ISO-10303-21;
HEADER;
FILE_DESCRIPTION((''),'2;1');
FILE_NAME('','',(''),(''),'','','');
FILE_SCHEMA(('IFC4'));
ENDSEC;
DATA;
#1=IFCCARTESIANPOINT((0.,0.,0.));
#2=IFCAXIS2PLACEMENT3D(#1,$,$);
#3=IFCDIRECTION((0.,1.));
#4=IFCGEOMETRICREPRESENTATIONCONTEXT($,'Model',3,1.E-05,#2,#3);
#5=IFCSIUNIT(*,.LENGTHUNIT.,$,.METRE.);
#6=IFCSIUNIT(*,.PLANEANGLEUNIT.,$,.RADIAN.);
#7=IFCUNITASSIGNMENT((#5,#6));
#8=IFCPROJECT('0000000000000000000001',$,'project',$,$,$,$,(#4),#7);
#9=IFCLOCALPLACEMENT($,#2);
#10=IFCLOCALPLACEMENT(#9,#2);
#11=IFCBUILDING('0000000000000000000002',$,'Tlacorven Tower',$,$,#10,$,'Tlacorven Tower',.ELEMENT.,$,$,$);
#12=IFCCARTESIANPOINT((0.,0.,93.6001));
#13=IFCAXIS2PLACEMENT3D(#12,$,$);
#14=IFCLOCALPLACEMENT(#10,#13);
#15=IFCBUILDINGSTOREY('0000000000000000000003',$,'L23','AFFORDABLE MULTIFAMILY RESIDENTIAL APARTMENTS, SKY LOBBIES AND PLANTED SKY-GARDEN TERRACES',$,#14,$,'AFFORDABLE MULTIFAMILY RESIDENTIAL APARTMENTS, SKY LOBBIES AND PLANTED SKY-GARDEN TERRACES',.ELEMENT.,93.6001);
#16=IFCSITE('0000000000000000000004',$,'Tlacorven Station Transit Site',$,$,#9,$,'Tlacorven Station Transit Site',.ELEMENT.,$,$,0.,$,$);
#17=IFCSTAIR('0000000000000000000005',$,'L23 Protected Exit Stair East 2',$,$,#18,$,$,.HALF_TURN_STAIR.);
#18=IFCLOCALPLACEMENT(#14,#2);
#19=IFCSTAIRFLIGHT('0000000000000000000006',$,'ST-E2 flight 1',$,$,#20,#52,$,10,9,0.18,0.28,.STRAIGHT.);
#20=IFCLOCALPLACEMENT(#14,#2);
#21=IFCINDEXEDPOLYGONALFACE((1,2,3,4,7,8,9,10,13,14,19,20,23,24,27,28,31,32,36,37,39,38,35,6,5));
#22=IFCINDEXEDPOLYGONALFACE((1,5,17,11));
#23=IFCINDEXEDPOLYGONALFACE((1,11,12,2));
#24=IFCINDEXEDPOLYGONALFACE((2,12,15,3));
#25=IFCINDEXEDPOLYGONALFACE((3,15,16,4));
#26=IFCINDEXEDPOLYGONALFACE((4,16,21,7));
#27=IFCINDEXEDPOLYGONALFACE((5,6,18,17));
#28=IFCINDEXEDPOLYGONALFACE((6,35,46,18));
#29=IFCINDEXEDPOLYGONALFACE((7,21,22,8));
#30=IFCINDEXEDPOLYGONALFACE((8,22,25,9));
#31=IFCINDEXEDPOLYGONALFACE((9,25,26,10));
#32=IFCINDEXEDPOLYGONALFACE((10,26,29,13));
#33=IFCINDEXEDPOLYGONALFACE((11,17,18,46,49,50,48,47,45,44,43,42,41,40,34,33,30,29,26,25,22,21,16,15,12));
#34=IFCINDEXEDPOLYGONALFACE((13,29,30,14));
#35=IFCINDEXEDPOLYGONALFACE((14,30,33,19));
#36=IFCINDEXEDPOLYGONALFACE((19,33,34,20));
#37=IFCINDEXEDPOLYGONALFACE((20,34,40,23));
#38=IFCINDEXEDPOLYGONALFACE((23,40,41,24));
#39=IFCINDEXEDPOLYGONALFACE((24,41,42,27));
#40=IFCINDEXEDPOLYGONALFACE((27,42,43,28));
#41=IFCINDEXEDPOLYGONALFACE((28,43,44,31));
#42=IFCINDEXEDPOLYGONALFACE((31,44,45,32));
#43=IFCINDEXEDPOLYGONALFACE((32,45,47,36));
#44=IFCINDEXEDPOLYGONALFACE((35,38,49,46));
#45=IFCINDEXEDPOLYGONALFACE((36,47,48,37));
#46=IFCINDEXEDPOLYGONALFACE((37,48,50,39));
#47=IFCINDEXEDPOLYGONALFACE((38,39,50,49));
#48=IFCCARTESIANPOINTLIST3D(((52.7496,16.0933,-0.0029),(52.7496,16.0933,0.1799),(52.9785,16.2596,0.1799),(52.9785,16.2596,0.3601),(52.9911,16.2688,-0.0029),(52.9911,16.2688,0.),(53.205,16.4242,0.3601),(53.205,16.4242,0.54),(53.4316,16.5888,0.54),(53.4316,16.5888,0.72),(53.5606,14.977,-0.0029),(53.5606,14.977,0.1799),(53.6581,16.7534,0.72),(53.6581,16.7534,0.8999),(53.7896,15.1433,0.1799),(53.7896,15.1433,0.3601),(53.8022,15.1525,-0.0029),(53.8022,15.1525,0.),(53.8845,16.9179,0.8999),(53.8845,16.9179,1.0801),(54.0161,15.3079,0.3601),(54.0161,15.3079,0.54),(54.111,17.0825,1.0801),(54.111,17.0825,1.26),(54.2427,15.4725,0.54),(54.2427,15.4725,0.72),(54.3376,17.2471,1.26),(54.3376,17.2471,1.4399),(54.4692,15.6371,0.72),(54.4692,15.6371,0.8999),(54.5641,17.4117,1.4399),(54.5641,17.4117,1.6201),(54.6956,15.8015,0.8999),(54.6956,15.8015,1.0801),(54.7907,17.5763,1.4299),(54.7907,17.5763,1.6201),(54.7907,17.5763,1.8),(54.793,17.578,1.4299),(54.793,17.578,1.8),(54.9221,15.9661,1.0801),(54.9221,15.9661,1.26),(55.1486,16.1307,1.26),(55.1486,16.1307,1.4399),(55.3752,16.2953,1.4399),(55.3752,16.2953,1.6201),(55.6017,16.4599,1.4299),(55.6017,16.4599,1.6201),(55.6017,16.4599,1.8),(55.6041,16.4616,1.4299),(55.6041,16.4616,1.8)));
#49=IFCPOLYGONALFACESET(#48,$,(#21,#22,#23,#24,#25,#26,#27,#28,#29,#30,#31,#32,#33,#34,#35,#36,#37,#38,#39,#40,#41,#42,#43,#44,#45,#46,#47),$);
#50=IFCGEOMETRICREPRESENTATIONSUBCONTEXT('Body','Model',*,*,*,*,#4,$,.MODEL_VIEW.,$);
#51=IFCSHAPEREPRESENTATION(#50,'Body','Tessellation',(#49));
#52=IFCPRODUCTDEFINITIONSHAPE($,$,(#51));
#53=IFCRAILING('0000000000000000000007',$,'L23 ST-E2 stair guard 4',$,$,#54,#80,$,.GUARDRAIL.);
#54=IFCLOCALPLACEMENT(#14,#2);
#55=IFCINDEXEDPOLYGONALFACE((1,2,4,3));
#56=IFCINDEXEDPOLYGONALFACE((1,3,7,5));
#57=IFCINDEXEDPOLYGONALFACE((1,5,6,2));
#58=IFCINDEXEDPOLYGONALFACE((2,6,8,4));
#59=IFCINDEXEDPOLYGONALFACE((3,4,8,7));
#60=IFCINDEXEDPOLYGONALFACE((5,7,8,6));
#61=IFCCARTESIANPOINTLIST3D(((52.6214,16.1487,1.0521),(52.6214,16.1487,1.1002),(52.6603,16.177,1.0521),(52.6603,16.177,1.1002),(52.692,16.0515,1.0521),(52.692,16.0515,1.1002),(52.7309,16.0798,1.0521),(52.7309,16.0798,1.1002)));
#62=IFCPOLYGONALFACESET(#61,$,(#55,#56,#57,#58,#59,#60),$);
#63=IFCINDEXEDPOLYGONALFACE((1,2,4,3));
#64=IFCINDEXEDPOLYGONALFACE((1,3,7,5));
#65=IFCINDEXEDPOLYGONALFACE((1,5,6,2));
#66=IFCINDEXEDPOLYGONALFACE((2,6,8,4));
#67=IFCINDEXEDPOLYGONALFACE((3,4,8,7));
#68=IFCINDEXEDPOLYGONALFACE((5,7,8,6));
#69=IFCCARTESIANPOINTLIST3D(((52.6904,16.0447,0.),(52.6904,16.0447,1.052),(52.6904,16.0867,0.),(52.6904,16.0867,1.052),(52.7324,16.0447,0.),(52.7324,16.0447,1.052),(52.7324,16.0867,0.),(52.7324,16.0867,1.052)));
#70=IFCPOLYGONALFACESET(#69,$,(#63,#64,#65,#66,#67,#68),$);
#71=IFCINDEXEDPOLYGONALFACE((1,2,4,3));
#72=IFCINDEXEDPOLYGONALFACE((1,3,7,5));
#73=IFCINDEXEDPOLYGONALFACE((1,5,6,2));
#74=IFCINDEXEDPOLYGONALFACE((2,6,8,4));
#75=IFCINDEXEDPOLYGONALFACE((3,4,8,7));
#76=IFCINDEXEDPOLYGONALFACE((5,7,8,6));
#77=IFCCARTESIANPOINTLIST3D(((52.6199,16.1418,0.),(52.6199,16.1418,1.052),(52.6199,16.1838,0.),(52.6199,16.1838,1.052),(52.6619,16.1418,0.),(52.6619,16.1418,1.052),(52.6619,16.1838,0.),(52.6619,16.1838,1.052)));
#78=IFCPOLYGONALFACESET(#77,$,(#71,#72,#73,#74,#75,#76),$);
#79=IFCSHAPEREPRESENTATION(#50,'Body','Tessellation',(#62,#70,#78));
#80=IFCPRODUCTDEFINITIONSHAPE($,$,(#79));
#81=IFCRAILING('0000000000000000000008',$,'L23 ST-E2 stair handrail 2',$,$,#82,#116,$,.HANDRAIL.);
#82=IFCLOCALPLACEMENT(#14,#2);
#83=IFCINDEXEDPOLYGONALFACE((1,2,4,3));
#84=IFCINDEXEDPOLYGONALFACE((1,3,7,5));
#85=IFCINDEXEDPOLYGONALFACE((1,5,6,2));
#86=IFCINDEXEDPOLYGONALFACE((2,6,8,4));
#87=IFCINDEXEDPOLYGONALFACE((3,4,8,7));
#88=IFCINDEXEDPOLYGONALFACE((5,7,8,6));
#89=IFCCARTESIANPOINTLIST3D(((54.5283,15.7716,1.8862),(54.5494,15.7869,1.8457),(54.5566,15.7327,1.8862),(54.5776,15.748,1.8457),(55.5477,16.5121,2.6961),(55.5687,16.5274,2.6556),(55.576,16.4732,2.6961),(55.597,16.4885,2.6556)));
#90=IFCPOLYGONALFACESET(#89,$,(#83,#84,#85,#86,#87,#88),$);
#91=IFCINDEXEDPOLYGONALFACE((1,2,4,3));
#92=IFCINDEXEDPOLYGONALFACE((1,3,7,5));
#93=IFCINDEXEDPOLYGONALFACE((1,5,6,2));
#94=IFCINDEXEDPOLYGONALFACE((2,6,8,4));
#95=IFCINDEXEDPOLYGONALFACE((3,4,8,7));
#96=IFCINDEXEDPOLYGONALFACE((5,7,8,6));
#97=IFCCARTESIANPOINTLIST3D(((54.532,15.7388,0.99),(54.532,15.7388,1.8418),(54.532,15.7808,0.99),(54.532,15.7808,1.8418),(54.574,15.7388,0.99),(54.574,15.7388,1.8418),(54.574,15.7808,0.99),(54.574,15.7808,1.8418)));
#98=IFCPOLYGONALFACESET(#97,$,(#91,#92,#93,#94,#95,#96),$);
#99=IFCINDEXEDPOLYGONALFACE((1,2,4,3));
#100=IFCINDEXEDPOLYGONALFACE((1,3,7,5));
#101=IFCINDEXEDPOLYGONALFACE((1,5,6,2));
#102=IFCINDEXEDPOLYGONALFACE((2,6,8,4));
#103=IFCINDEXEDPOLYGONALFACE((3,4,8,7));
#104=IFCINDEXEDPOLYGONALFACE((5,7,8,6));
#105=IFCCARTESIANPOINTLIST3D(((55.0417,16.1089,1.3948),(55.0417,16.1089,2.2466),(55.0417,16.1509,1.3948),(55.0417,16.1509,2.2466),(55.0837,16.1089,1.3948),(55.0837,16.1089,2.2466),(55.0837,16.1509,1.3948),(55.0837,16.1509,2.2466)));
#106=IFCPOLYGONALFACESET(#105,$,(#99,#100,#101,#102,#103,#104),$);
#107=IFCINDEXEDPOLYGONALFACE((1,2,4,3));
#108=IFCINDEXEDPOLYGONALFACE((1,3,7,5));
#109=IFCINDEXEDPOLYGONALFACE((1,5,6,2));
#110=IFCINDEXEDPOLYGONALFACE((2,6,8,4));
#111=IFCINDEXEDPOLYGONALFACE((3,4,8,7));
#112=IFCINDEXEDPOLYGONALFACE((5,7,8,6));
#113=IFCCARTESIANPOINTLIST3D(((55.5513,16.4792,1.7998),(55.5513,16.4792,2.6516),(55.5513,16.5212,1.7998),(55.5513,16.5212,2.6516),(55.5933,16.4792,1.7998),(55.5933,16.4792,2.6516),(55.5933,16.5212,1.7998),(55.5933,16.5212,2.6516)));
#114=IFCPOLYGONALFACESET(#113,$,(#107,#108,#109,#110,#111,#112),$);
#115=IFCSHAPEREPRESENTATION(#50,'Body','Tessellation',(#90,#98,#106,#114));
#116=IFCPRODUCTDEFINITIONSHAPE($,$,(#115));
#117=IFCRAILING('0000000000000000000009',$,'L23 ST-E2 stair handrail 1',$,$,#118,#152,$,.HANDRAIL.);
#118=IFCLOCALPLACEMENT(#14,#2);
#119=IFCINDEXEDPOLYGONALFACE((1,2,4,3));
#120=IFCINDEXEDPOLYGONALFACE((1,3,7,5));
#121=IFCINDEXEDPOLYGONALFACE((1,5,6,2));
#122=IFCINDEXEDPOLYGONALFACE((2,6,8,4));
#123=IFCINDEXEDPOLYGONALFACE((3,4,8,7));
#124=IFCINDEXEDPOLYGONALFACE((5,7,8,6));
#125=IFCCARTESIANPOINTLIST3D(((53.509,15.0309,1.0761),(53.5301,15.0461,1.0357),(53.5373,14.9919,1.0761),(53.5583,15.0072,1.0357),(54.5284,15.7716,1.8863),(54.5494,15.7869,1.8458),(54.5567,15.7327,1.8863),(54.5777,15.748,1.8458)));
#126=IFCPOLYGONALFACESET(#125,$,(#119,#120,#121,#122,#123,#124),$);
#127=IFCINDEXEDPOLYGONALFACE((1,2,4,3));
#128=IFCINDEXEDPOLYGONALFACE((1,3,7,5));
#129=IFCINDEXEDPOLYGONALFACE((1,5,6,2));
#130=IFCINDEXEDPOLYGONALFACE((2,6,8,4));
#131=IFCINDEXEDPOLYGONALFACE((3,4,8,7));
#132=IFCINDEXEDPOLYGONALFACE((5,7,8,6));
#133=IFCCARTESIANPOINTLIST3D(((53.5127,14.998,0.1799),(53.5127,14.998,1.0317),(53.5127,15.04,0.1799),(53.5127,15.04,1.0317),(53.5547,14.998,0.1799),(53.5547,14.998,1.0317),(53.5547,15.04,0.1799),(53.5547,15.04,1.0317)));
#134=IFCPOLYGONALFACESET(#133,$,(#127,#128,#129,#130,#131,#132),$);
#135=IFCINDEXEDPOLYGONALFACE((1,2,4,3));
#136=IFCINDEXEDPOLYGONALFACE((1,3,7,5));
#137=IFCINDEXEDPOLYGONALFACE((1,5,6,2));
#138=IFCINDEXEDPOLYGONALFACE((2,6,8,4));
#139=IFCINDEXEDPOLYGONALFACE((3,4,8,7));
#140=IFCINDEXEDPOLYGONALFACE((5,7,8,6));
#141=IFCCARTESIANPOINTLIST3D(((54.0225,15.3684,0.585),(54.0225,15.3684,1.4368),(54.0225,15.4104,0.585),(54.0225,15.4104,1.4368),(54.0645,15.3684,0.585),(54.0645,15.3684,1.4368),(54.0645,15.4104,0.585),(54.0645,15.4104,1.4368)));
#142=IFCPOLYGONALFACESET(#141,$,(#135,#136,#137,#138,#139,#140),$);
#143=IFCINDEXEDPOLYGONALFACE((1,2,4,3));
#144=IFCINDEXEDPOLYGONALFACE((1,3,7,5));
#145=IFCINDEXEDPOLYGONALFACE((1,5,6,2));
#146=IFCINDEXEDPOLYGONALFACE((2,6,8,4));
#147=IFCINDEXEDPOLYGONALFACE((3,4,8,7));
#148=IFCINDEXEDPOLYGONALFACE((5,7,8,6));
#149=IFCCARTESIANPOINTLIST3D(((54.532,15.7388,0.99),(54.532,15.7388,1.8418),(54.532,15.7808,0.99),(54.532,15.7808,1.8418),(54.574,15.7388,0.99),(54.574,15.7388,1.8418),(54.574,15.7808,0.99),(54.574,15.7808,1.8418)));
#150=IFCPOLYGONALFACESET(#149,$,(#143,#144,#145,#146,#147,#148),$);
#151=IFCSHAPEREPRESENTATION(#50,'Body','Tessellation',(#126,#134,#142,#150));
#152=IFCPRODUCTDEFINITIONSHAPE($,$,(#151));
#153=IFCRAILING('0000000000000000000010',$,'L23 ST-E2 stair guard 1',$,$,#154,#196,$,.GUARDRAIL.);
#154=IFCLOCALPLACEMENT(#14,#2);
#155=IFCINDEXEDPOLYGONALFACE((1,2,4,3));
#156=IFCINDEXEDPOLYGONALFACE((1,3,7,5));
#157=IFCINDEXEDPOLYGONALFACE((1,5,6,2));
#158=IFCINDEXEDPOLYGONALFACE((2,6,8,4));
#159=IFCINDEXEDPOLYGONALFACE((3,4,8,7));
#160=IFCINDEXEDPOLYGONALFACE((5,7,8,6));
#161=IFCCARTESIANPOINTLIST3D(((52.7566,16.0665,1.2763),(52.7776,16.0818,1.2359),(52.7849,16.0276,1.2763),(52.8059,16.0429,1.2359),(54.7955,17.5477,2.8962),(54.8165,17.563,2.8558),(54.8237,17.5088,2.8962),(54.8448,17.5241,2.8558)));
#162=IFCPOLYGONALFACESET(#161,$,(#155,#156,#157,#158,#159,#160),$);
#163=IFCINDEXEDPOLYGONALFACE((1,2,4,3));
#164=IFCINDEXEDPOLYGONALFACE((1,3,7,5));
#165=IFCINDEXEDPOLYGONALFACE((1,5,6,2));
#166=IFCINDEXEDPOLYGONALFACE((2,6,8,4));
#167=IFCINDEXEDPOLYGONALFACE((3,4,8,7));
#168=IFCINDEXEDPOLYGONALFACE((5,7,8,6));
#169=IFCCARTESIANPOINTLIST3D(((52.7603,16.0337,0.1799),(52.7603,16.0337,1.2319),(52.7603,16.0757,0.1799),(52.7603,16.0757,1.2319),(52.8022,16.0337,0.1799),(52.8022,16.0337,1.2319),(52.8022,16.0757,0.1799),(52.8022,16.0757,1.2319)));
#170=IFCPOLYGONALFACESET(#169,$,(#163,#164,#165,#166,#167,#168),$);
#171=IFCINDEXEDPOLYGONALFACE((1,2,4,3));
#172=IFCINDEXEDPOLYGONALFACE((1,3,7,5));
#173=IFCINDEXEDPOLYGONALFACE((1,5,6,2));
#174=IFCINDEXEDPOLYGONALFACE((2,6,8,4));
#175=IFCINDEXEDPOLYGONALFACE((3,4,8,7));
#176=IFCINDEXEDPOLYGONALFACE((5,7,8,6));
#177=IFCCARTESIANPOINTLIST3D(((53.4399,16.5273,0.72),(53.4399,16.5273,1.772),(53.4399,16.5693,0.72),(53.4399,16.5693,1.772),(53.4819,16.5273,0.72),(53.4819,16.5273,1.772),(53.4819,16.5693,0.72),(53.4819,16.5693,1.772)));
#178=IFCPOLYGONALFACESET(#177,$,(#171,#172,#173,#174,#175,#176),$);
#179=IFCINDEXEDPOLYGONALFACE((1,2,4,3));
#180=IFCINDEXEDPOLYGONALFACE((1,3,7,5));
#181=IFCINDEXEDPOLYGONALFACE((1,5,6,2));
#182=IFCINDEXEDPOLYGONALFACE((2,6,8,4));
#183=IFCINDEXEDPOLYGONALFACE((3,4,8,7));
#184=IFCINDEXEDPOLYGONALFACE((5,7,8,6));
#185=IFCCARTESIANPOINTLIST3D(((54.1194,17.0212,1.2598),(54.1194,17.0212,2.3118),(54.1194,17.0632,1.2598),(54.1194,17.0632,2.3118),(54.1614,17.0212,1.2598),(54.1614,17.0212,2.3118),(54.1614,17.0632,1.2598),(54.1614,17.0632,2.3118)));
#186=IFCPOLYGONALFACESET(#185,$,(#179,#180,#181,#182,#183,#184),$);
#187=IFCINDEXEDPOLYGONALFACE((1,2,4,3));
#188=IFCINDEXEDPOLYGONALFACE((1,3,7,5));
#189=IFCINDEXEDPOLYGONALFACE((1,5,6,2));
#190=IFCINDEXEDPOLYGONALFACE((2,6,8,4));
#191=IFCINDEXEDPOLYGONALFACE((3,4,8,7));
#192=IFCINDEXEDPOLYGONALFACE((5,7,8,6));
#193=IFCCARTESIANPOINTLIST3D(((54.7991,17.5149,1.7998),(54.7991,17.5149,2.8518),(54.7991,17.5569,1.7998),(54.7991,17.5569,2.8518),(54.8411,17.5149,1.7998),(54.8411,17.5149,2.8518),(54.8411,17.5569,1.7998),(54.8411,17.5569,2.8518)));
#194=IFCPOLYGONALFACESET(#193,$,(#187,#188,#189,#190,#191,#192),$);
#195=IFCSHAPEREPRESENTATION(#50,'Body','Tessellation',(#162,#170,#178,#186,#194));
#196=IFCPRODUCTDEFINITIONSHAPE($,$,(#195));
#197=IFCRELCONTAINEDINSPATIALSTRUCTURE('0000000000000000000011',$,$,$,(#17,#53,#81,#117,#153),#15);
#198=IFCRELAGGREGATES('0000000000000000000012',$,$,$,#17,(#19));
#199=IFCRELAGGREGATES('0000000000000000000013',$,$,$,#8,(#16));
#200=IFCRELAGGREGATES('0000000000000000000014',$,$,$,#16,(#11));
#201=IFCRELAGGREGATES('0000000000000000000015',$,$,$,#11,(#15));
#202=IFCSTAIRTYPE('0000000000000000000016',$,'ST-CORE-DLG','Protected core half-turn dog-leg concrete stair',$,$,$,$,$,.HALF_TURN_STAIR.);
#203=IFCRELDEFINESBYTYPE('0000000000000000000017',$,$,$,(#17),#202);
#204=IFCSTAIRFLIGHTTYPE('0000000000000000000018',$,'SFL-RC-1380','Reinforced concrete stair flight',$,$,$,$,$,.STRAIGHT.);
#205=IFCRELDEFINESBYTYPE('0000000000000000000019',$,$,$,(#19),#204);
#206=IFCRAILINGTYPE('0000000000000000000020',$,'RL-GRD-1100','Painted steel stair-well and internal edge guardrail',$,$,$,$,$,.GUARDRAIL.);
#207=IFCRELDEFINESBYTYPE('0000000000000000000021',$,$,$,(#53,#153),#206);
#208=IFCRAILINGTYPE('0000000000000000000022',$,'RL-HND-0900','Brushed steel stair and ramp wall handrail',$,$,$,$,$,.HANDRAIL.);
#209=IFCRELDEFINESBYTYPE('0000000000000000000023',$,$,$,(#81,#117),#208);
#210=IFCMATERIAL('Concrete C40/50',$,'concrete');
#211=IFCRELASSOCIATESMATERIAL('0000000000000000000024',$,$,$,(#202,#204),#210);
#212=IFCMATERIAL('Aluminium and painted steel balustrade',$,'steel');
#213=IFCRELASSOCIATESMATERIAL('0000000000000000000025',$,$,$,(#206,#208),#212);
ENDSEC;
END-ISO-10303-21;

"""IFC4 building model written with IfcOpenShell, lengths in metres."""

from ifc_helpers import new_model, si_unit, direction, frame, origin, origin_2d, place, context, subcontext, project, spatial, polyline, rectangle, outline, extrude, source, transform, mapped, material, type_object, element, aggregate, save


model = new_model("IFC4")

# Units and contexts
model_context = context("Model", 3, precision=1e-05, world=origin(), true_north=direction((0.0, 1.0)))
body_context = subcontext(model_context, "Body", "Model", "MODEL_VIEW")
ifc_project = project(units=[si_unit("LENGTHUNIT", "METRE"), si_unit("PLANEANGLEUNIT", "RADIAN")], contexts=[model_context])

# Site, building, storey
site_placement = place(None, origin())
site = spatial("IfcSite", under=ifc_project, at=site_placement, Name="Tlacorven Station Transit Site", LongName="Tlacorven Station Transit Site", CompositionType="ELEMENT", RefElevation=0.0)
building_placement = place(site_placement, origin())
building = spatial("IfcBuilding", under=site, at=building_placement, Name="Tlacorven Tower", LongName="Tlacorven Tower", CompositionType="ELEMENT")
storey_placement = place(building_placement, frame((0.0, 0.0, 93.6001)))
storey = spatial("IfcBuildingStorey", under=building, at=storey_placement, Name="L23", Description="AFFORDABLE MULTIFAMILY RESIDENTIAL APARTMENTS, SKY LOBBIES AND PLANTED SKY-GARDEN TERRACES", LongName="AFFORDABLE MULTIFAMILY RESIDENTIAL APARTMENTS, SKY LOBBIES AND PLANTED SKY-GARDEN TERRACES", CompositionType="ELEMENT", Elevation=93.6001)

# Stair, stair flight
ifc_material_1 = material(Name="Concrete C40/50", Category="concrete")
stair_type = type_object("IfcStairType", Name="ST-CORE-DLG", Description="Protected core half-turn dog-leg concrete stair", PredefinedType="HALF_TURN_STAIR", material=ifc_material_1)
stair_placement = place(storey_placement, origin())
stair = element("IfcStair", 1, at=stair_placement, inside=storey, type_object=stair_type, Name="L23 Protected Exit Stair East 2", PredefinedType="HALF_TURN_STAIR")
stair_flight_type = type_object("IfcStairFlightType", Name="SFL-RC-1380", Description="Reinforced concrete stair flight", PredefinedType="STRAIGHT", material=ifc_material_1)
shared_shape_1 = source(origin(), body_context, "Body", "SweptSolid", [
    extrude(outline(polyline([(-0.0029, -0.0029), (-0.0029, 0.1799), (0.28, 0.1799), (0.28, 0.3601), (0.5601, 0.3601), (0.5601, 0.54), (0.8401, 0.54), (0.8401, 0.72), (1.1201, 0.72), (1.1201, 0.8999), (1.3999, 0.8999), (1.3999, 1.0801), (1.6799, 1.0801), (1.6799, 1.26), (1.96, 1.26), (1.96, 1.4399), (2.24, 1.4399), (2.24, 1.6201), (2.52, 1.6201), (2.52, 1.8), (2.5229, 1.8), (2.5229, 1.4299), (2.52, 1.4299), (0.2957, 0.0), (0.2957, -0.0029), (-0.0029, -0.0029)])), frame((0.0, 0.6899, 0.0), z_axis=(0.0, -1.0, 0.0), x_axis=(1.0, 0.0, 0.0)), (0.0, 0.0, 1.0), 1.3799),
])
stair_flight_placement = place(storey_placement, frame((53.1575, 15.5369, 0.0), z_axis=(0.0, 0.0, 1.0), x_axis=(0.809017, 0.587785, 0.0)))
stair_flight = element("IfcStairFlight", 2, at=stair_flight_placement, type_object=stair_flight_type, Name="ST-E2 flight 1", NumberOfRisers=10, NumberOfTreads=9, PredefinedType="STRAIGHT", RiserHeight=0.18, TreadLength=0.28, context=body_context, shape_type="MappedRepresentation", body=[
    mapped(shared_shape_1, transform((0.0, 0.0, 0.0), scale=1.0)),
])
aggregate(stair, [stair_flight])

# Railings
ifc_material_2 = material(Name="Aluminium and painted steel balustrade", Category="steel")
railing_type_1 = type_object("IfcRailingType", Name="RL-GRD-1100", Description="Painted steel stair-well and internal edge guardrail", PredefinedType="GUARDRAIL", material=ifc_material_2)
shared_shape_2 = source(origin(), body_context, "Body", "SweptSolid", [
    extrude(rectangle(XDim=0.0481, YDim=0.0481, at=origin_2d()), frame((0.0, 0.0, 1.0762), z_axis=(-0.587567, 0.809175, 0.0), x_axis=(-0.809175, -0.587567, 0.0)), (0.0, 0.0, 1.0), 0.1201),
    extrude(rectangle(XDim=0.042, YDim=0.042, at=origin_2d()), origin(), (0.0, 0.0, 1.0), 1.052),
    extrude(rectangle(XDim=0.042, YDim=0.042, at=origin_2d()), frame((-0.0706, 0.0972, 0.0)), (0.0, 0.0, 1.0), 1.052),
])
railing_1_placement = place(storey_placement, frame((52.7114, 16.0657, 0.0)))
element("IfcRailing", 3, at=railing_1_placement, inside=storey, type_object=railing_type_1, Name="L23 ST-E2 stair guard 4", PredefinedType="GUARDRAIL", context=body_context, shape_type="MappedRepresentation", body=[
    mapped(shared_shape_2, transform((0.0, 0.0, 0.0), scale=1.0)),
])
railing_type_2 = type_object("IfcRailingType", Name="RL-HND-0900", Description="Brushed steel stair and ramp wall handrail", PredefinedType="HANDRAIL", material=ifc_material_2)
shared_shape_3 = source(origin(), body_context, "Body", "SweptSolid", [
    extrude(rectangle(XDim=0.0481, YDim=0.0481, at=origin_2d()), frame((0.0, 0.0, 0.876), z_axis=(0.680576, 0.494416, 0.540712), x_axis=(-0.587745, 0.809046, 0.0)), (0.0, 0.0, 1.0), 1.4978),
    extrude(rectangle(XDim=0.042, YDim=0.042, at=origin_2d()), origin(), (0.0, 0.0, 1.0), 0.8518),
    extrude(rectangle(XDim=0.042, YDim=0.042, at=origin_2d()), frame((0.5098, 0.3701, 0.4048)), (0.0, 0.0, 1.0), 0.8518),
    extrude(rectangle(XDim=0.042, YDim=0.042, at=origin_2d()), frame((1.0193, 0.7405, 0.8098)), (0.0, 0.0, 1.0), 0.8518),
])
railing_2_placement = place(storey_placement, frame((54.553, 15.7598, 0.99)))
element("IfcRailing", 4, at=railing_2_placement, inside=storey, type_object=railing_type_2, Name="L23 ST-E2 stair handrail 2", PredefinedType="HANDRAIL", context=body_context, shape_type="MappedRepresentation", body=[
    mapped(shared_shape_3, transform((0.0, 0.0, 0.0), scale=1.0)),
])
shared_shape_4 = source(origin(), body_context, "Body", "SweptSolid", [
    extrude(rectangle(XDim=0.0481, YDim=0.0481, at=origin_2d()), frame((0.0, 0.0, 0.876), z_axis=(0.680461, 0.494496, 0.540783), x_axis=(-0.587872, 0.808954, 0.0)), (0.0, 0.0, 1.0), 1.498),
    extrude(rectangle(XDim=0.042, YDim=0.042, at=origin_2d()), origin(), (0.0, 0.0, 1.0), 0.8518),
    extrude(rectangle(XDim=0.042, YDim=0.042, at=origin_2d()), frame((0.5098, 0.3704, 0.405)), (0.0, 0.0, 1.0), 0.8518),
    extrude(rectangle(XDim=0.042, YDim=0.042, at=origin_2d()), frame((1.0193, 0.7407, 0.8101)), (0.0, 0.0, 1.0), 0.8518),
])
railing_3_placement = place(storey_placement, frame((53.5337, 15.019, 0.1799)))
element("IfcRailing", 5, at=railing_3_placement, inside=storey, type_object=railing_type_2, Name="L23 ST-E2 stair handrail 1", PredefinedType="HANDRAIL", context=body_context, shape_type="MappedRepresentation", body=[
    mapped(shared_shape_4, transform((0.0, 0.0, 0.0), scale=1.0)),
])
shared_shape_5 = source(origin(), body_context, "Body", "SweptSolid", [
    extrude(rectangle(XDim=0.0481, YDim=0.0481, at=origin_2d()), frame((0.0, 0.0, 1.0762), z_axis=(0.680562, 0.494428, 0.540717), x_axis=(-0.587763, 0.809033, 0.0)), (0.0, 0.0, 1.0), 2.9958),
    extrude(rectangle(XDim=0.042, YDim=0.042, at=origin_2d()), origin(), (0.0, 0.0, 1.0), 1.052),
    extrude(rectangle(XDim=0.042, YDim=0.042, at=origin_2d()), frame((0.6797, 0.4937, 0.54)), (0.0, 0.0, 1.0), 1.052),
    extrude(rectangle(XDim=0.042, YDim=0.042, at=origin_2d()), frame((1.3591, 0.9875, 1.0798)), (0.0, 0.0, 1.0), 1.052),
    extrude(rectangle(XDim=0.042, YDim=0.042, at=origin_2d()), frame((2.0388, 1.4812, 1.6199)), (0.0, 0.0, 1.0), 1.052),
])
railing_4_placement = place(storey_placement, frame((52.7812, 16.0547, 0.1799)))
element("IfcRailing", 6, at=railing_4_placement, inside=storey, type_object=railing_type_1, Name="L23 ST-E2 stair guard 1", PredefinedType="GUARDRAIL", context=body_context, shape_type="MappedRepresentation", body=[
    mapped(shared_shape_5, transform((0.0, 0.0, 0.0), scale=1.0)),
])

save(model, "model.ifc")
